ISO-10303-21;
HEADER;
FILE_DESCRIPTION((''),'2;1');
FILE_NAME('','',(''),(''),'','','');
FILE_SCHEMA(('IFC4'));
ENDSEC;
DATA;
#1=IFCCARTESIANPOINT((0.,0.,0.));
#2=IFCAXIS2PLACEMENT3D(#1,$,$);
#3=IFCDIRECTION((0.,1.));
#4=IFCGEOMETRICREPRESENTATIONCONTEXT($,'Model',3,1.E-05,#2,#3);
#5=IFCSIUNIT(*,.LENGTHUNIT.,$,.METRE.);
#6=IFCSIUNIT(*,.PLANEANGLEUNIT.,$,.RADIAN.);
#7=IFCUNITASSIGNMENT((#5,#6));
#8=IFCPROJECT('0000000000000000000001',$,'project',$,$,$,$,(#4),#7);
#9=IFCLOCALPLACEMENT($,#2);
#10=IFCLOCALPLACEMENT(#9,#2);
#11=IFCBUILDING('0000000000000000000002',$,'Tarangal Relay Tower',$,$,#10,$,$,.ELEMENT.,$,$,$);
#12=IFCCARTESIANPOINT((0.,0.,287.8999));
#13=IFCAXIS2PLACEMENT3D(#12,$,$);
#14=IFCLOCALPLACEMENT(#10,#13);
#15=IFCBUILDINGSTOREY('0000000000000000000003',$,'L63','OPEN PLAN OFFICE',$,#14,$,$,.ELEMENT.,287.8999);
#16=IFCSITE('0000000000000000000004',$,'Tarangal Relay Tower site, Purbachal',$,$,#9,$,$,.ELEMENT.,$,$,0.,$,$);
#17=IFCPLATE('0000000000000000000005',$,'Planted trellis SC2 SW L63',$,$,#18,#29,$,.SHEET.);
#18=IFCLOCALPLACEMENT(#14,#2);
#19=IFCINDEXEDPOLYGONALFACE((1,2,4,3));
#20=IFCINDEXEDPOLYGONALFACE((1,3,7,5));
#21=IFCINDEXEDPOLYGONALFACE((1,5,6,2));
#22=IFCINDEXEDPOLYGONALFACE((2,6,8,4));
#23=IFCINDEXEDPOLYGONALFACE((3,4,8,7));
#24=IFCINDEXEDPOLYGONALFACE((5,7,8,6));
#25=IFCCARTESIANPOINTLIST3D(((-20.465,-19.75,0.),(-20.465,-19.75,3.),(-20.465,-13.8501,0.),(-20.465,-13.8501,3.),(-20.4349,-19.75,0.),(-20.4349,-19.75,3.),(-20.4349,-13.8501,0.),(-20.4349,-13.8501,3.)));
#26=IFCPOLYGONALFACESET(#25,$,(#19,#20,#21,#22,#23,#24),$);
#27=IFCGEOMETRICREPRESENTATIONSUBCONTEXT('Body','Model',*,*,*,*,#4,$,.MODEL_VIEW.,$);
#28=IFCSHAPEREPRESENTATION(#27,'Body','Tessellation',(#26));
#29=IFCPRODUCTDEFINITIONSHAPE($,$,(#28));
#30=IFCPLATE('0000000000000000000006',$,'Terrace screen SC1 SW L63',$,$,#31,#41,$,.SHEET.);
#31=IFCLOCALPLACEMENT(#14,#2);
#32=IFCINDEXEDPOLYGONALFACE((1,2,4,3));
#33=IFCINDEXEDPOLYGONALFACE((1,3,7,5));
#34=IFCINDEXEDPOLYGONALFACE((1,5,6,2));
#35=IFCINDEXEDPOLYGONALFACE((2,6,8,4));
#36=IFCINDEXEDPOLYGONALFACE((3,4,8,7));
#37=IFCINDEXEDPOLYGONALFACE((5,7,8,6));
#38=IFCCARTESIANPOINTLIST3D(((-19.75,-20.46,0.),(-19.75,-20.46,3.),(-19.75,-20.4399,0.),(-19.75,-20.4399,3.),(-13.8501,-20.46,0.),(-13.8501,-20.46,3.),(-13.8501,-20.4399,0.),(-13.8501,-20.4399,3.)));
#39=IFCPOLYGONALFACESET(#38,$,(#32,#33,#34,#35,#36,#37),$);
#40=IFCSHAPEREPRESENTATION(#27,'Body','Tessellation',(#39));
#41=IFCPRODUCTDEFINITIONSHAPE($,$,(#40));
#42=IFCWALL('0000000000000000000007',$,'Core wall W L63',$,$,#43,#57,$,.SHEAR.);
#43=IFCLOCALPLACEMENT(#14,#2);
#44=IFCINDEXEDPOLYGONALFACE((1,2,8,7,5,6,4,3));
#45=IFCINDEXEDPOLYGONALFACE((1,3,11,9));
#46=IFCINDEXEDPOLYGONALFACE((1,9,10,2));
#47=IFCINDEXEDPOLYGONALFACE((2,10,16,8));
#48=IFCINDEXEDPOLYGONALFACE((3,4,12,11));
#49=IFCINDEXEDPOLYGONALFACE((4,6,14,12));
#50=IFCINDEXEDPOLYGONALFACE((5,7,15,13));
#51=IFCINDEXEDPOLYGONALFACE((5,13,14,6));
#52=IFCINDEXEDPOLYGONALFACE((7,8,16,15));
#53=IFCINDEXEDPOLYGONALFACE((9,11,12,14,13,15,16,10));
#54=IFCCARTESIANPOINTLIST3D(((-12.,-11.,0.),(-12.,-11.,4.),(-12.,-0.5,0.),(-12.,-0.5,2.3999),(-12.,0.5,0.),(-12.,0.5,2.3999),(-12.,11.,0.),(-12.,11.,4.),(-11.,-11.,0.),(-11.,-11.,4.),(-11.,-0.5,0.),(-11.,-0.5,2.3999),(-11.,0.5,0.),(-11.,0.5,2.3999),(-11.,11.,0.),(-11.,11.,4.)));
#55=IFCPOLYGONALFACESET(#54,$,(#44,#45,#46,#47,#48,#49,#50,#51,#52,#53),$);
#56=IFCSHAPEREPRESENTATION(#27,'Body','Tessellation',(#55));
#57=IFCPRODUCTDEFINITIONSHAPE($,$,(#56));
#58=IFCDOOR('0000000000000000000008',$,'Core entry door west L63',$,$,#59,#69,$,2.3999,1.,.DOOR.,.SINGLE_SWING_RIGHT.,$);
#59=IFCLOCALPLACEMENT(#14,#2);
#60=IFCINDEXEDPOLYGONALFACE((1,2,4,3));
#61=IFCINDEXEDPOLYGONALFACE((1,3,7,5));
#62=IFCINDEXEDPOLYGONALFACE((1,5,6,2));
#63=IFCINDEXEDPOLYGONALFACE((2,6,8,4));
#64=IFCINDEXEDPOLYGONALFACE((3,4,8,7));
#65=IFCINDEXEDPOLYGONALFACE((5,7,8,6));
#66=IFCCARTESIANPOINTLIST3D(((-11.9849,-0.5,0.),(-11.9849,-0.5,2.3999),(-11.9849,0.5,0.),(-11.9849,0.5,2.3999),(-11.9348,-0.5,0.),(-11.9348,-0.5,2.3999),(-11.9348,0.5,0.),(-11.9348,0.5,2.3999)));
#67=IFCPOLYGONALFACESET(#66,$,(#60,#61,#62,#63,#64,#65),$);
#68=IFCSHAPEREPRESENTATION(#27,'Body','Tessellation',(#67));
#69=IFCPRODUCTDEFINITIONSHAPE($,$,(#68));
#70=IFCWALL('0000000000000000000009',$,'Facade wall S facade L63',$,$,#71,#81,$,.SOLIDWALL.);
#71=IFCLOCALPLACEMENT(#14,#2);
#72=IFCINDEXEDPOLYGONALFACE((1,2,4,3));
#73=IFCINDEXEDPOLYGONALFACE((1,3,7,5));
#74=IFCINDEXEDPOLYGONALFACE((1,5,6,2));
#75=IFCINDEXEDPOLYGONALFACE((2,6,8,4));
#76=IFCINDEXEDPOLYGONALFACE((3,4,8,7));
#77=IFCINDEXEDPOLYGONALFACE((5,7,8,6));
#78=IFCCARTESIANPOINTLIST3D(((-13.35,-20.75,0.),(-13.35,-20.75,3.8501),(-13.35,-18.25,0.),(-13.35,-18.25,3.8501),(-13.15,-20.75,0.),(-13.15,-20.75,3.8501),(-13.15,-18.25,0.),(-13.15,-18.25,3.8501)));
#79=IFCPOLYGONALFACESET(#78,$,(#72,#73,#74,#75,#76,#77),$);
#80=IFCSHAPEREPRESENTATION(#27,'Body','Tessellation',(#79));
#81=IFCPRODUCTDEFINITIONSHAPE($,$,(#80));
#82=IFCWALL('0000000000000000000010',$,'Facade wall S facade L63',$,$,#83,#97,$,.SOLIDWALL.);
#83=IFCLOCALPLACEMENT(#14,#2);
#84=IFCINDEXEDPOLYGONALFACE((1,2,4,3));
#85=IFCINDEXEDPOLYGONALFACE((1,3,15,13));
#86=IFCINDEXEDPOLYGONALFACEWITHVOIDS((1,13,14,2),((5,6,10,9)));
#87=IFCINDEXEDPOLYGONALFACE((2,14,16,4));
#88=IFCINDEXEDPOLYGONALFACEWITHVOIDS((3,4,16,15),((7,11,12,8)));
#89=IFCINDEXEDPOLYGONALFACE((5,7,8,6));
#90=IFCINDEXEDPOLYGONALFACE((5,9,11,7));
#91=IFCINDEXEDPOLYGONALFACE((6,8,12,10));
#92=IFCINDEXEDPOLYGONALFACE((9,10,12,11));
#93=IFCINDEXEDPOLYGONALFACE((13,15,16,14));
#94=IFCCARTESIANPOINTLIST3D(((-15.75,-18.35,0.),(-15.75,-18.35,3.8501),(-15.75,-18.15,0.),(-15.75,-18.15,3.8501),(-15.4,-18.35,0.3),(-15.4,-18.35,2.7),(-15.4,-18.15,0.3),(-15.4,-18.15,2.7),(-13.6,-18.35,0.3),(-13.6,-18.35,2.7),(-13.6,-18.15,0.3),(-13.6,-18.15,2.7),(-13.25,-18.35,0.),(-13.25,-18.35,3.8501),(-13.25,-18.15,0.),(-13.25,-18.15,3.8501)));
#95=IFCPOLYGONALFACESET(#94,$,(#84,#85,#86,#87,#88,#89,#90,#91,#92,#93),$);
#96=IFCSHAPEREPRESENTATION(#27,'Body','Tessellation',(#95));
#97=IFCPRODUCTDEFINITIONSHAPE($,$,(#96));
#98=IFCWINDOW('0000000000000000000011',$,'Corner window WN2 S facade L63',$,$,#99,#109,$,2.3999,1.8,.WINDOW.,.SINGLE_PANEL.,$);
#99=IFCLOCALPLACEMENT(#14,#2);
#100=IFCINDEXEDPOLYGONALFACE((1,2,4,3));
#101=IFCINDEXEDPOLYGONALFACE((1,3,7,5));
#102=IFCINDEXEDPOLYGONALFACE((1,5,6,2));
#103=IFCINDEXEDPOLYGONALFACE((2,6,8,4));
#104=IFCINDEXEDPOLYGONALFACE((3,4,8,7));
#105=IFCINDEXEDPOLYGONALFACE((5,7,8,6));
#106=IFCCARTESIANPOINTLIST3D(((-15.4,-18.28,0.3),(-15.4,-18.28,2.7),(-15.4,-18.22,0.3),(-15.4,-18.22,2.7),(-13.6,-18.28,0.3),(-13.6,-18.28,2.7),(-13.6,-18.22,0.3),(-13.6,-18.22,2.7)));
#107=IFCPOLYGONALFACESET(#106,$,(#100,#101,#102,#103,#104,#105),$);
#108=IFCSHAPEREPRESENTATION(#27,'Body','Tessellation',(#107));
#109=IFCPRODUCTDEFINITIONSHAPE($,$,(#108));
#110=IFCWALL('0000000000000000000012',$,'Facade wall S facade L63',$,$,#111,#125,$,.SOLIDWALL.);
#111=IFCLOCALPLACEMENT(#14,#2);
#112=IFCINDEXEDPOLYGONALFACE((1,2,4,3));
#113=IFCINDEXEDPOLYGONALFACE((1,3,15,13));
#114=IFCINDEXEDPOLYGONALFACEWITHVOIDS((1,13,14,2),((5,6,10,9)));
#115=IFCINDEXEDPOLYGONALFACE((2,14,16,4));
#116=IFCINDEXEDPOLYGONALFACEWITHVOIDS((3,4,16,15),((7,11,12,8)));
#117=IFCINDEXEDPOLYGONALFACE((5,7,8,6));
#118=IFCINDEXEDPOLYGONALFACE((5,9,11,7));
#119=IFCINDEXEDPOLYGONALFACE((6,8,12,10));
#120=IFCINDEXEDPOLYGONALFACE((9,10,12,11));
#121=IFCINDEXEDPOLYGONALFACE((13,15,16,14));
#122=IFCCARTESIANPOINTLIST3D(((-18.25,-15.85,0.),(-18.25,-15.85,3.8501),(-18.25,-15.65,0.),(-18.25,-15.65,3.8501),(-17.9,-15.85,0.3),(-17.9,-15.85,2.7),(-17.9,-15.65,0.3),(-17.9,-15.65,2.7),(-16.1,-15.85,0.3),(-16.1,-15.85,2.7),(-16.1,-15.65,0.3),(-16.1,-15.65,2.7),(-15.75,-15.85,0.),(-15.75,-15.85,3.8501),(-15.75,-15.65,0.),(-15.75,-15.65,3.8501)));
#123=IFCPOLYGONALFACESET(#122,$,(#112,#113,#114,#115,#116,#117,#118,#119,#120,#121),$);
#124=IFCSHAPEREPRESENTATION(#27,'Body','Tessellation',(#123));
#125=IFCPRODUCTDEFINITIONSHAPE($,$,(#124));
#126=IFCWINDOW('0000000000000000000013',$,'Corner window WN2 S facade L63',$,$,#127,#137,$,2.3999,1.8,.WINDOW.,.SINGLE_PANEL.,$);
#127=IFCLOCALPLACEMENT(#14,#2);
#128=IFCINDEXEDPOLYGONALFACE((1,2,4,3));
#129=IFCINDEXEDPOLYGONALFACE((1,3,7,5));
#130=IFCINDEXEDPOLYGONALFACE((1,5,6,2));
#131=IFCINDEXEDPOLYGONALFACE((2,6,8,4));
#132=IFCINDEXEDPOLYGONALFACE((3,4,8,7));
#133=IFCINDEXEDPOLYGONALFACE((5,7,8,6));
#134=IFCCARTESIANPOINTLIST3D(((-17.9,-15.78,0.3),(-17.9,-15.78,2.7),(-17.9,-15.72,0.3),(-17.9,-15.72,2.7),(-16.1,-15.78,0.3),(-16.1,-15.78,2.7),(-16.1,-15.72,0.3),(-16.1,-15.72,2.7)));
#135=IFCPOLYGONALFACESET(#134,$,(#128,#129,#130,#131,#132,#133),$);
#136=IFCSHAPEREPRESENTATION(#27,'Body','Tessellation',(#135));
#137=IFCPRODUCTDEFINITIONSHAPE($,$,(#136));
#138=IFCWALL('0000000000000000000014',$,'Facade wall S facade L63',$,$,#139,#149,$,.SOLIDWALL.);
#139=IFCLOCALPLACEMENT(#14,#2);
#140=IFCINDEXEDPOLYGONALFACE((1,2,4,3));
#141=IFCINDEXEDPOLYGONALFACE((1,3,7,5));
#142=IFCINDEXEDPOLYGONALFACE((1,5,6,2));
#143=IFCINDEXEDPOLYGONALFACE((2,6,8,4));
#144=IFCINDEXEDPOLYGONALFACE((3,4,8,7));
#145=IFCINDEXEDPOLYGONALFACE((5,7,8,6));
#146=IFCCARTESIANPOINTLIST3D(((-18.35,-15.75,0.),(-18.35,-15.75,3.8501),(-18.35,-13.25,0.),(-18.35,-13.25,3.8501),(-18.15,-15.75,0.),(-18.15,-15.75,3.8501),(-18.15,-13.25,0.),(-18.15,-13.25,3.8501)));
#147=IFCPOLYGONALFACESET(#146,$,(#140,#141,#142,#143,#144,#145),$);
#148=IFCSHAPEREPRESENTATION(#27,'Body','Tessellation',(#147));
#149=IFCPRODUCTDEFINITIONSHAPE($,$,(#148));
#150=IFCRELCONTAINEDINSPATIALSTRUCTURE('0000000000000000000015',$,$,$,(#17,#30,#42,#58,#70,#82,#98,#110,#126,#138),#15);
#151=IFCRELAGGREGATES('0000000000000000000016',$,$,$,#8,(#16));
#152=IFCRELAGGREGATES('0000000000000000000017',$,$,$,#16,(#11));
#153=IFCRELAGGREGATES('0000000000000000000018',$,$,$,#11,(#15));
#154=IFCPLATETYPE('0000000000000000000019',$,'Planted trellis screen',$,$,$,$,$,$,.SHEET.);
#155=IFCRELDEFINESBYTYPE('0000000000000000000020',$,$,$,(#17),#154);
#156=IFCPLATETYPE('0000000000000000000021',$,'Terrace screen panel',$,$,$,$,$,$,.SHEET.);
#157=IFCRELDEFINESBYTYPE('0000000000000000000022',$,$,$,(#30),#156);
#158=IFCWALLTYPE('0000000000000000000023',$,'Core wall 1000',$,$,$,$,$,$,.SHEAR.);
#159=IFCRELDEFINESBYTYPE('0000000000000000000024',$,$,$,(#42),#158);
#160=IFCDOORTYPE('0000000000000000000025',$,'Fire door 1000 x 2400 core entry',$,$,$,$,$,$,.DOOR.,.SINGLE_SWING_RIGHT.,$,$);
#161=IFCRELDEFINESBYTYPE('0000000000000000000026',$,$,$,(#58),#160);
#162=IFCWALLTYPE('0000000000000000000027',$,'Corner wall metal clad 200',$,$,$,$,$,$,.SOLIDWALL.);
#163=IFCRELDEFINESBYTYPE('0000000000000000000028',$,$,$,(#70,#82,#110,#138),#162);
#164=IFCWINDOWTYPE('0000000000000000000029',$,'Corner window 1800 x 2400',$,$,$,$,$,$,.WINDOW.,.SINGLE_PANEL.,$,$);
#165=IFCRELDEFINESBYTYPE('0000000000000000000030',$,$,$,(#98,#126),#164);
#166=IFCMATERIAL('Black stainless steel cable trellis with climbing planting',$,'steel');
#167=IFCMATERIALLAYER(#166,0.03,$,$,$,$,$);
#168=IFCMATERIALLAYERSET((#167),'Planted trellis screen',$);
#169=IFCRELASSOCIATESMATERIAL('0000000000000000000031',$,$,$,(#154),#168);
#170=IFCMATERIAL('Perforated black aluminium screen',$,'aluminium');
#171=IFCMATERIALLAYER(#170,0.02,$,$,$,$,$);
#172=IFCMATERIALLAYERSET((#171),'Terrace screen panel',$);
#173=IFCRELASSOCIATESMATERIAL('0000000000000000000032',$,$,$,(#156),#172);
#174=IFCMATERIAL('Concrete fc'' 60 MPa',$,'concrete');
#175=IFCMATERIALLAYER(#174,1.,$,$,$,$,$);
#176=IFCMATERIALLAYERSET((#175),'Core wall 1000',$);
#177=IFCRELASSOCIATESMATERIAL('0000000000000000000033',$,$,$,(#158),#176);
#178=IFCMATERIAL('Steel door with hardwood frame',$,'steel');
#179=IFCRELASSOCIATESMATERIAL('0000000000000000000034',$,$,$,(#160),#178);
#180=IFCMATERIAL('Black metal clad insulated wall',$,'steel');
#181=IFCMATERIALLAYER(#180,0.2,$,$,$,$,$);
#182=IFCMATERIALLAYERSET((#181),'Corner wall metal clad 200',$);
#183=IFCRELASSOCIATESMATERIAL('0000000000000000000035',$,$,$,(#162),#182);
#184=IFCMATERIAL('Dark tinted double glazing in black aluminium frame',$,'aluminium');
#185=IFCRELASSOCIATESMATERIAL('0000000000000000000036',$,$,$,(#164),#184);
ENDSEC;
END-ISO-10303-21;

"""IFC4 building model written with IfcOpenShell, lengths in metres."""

from ifc_helpers import new_model, si_unit, direction, frame, frame_2d, origin, origin_2d, place, context, subcontext, project, spatial, rectangle, extrude, material, layer, layer_set, type_object, element, fill, save


model = new_model("IFC4")

# Units and contexts
model_context = context("Model", 3, precision=1e-05, world=origin(), true_north=direction((0.0, 1.0)))
body_context = subcontext(model_context, "Body", "Model", "MODEL_VIEW")
ifc_project = project(units=[si_unit("LENGTHUNIT", "METRE"), si_unit("PLANEANGLEUNIT", "RADIAN")], contexts=[model_context])

# Site, building, storey
site_placement = place(None, origin())
site = spatial("IfcSite", under=ifc_project, at=site_placement, Name="Tarangal Relay Tower site, Purbachal", CompositionType="ELEMENT", RefElevation=0.0)
building_placement = place(site_placement, origin())
building = spatial("IfcBuilding", under=site, at=building_placement, Name="Tarangal Relay Tower", CompositionType="ELEMENT")
storey_placement = place(building_placement, frame((0.0, 0.0, 287.8999)))
storey = spatial("IfcBuildingStorey", under=building, at=storey_placement, Name="L63", Description="OPEN PLAN OFFICE", CompositionType="ELEMENT", Elevation=287.8999)

# Plates
ifc_material_1 = material(Name="Black stainless steel cable trellis with climbing planting", Category="steel")
ifc_layer_1 = layer(ifc_material_1, 0.03)
ifc_layer_set_1 = layer_set([ifc_layer_1], Name="Planted trellis screen")
plate_type_1 = type_object("IfcPlateType", Name="Planted trellis screen", PredefinedType="SHEET", material=ifc_layer_set_1)
plate_1_placement = place(storey_placement, frame((-20.45, -16.8, 0.0), z_axis=(0.0, 0.0, 1.0), x_axis=(0.0, 1.0, 0.0)))
element("IfcPlate", 1, at=plate_1_placement, inside=storey, type_object=plate_type_1, Name="Planted trellis SC2 SW L63", PredefinedType="SHEET", context=body_context, shape_type="SweptSolid", body=[
    extrude(rectangle(XDim=5.8999, YDim=0.03, at=origin_2d()), origin(), (0.0, 0.0, 1.0), 3.0),
])
ifc_material_2 = material(Name="Perforated black aluminium screen", Category="aluminium")
ifc_layer_2 = layer(ifc_material_2, 0.02)
ifc_layer_set_2 = layer_set([ifc_layer_2], Name="Terrace screen panel")
plate_type_2 = type_object("IfcPlateType", Name="Terrace screen panel", PredefinedType="SHEET", material=ifc_layer_set_2)
plate_2_placement = place(storey_placement, frame((-16.8, -20.45, 0.0), z_axis=(0.0, 0.0, 1.0), x_axis=(-1.0, 0.0, 0.0)))
element("IfcPlate", 2, at=plate_2_placement, inside=storey, type_object=plate_type_2, Name="Terrace screen SC1 SW L63", PredefinedType="SHEET", context=body_context, shape_type="SweptSolid", body=[
    extrude(rectangle(XDim=5.8999, YDim=0.02, at=origin_2d()), origin(), (0.0, 0.0, 1.0), 3.0),
])

# Wall, opening, door
ifc_material_3 = material(Name="Concrete fc' 60 MPa", Category="concrete")
ifc_layer_3 = layer(ifc_material_3, 1.0)
ifc_layer_set_3 = layer_set([ifc_layer_3], Name="Core wall 1000")
wall_type_1 = type_object("IfcWallType", Name="Core wall 1000", PredefinedType="SHEAR", material=ifc_layer_set_3)
wall_1_placement = place(storey_placement, frame((-11.5, -11.0, 0.0), z_axis=(0.0, 0.0, 1.0), x_axis=(0.0, 1.0, 0.0)))
wall_1 = element("IfcWall", 3, at=wall_1_placement, inside=storey, type_object=wall_type_1, Name="Core wall W L63", PredefinedType="SHEAR", context=body_context, shape_type="SweptSolid", body=[
    extrude(rectangle(XDim=22.0, YDim=1.0, at=frame_2d((11.0, 0.0))), origin(), (0.0, 0.0, 1.0), 4.0),
])
opening_1_placement = place(wall_1_placement, frame((10.5, 0.0, 0.0)))
opening_1 = element("IfcOpeningElement", 4, at=opening_1_placement, cuts=wall_1, PredefinedType="OPENING", context=body_context, shape_type="SweptSolid", body=[
    extrude(rectangle(XDim=1.0, YDim=2.3999, at=frame_2d((0.5, 1.2))), frame((0.0, 0.51, 0.0), z_axis=(0.0, -1.0, 0.0), x_axis=(1.0, 0.0, 0.0)), (0.0, 0.0, 1.0), 1.02),
])
ifc_material_4 = material(Name="Steel door with hardwood frame", Category="steel")
door_type_1 = type_object("IfcDoorType", Name="Fire door 1000 x 2400 core entry", OperationType="SINGLE_SWING_RIGHT", PredefinedType="DOOR", material=ifc_material_4)
door_1_placement = place(opening_1_placement, origin())
door_1 = element("IfcDoor", 5, at=door_1_placement, inside=storey, type_object=door_type_1, Name="Core entry door west L63", OperationType="SINGLE_SWING_RIGHT", OverallHeight=2.3999, OverallWidth=1.0, PredefinedType="DOOR", context=body_context, shape_type="SweptSolid", body=[
    extrude(rectangle(XDim=1.0, YDim=2.3999, at=frame_2d((0.5, 1.2))), frame((0.0, 0.4849, 0.0), z_axis=(0.0, -1.0, 0.0), x_axis=(1.0, 0.0, 0.0)), (0.0, 0.0, 1.0), 0.05),
])
fill(opening_1, door_1)

# Wall
ifc_material_5 = material(Name="Black metal clad insulated wall", Category="steel")
ifc_layer_4 = layer(ifc_material_5, 0.2)
ifc_layer_set_4 = layer_set([ifc_layer_4], Name="Corner wall metal clad 200")
wall_type_2 = type_object("IfcWallType", Name="Corner wall metal clad 200", PredefinedType="SOLIDWALL", material=ifc_layer_set_4)
wall_2_placement = place(storey_placement, frame((-13.25, -20.75, 0.0), z_axis=(0.0, 0.0, 1.0), x_axis=(0.0, 1.0, 0.0)))
element("IfcWall", 6, at=wall_2_placement, inside=storey, type_object=wall_type_2, Name="Facade wall S facade L63", PredefinedType="SOLIDWALL", context=body_context, shape_type="SweptSolid", body=[
    extrude(rectangle(XDim=2.5, YDim=0.2, at=frame_2d((1.25, 0.0))), origin(), (0.0, 0.0, 1.0), 3.8501),
])

# Wall, opening, window
wall_3_placement = place(storey_placement, frame((-13.25, -18.25, 0.0), z_axis=(0.0, 0.0, 1.0), x_axis=(-1.0, 0.0, 0.0)))
wall_3 = element("IfcWall", 7, at=wall_3_placement, inside=storey, type_object=wall_type_2, Name="Facade wall S facade L63", PredefinedType="SOLIDWALL", context=body_context, shape_type="SweptSolid", body=[
    extrude(rectangle(XDim=2.5, YDim=0.2, at=frame_2d((1.25, 0.0))), origin(), (0.0, 0.0, 1.0), 3.8501),
])
opening_2_placement = place(wall_3_placement, frame((0.3501, 0.0, 0.3)))
opening_2 = element("IfcOpeningElement", 8, at=opening_2_placement, cuts=wall_3, PredefinedType="OPENING", context=body_context, shape_type="SweptSolid", body=[
    extrude(rectangle(XDim=1.8, YDim=2.3999, at=frame_2d((0.8999, 1.2))), frame((0.0, 0.1099, 0.0), z_axis=(0.0, -1.0, 0.0), x_axis=(1.0, 0.0, 0.0)), (0.0, 0.0, 1.0), 0.22),
])
ifc_material_6 = material(Name="Dark tinted double glazing in black aluminium frame", Category="aluminium")
window_type = type_object("IfcWindowType", Name="Corner window 1800 x 2400", PartitioningType="SINGLE_PANEL", PredefinedType="WINDOW", material=ifc_material_6)
window_1_placement = place(opening_2_placement, origin())
window_1 = element("IfcWindow", 9, at=window_1_placement, inside=storey, type_object=window_type, Name="Corner window WN2 S facade L63", OverallHeight=2.3999, OverallWidth=1.8, PartitioningType="SINGLE_PANEL", PredefinedType="WINDOW", context=body_context, shape_type="SweptSolid", body=[
    extrude(rectangle(XDim=1.8, YDim=2.3999, at=frame_2d((0.8999, 1.2))), frame((0.0, 0.03, 0.0), z_axis=(0.0, -1.0, 0.0), x_axis=(1.0, 0.0, 0.0)), (0.0, 0.0, 1.0), 0.0601),
])
fill(opening_2, window_1)

# Wall, opening, window
wall_4_placement = place(storey_placement, frame((-15.75, -15.75, 0.0), z_axis=(0.0, 0.0, 1.0), x_axis=(-1.0, 0.0, 0.0)))
wall_4 = element("IfcWall", 10, at=wall_4_placement, inside=storey, type_object=wall_type_2, Name="Facade wall S facade L63", PredefinedType="SOLIDWALL", context=body_context, shape_type="SweptSolid", body=[
    extrude(rectangle(XDim=2.5, YDim=0.2, at=frame_2d((1.25, 0.0))), origin(), (0.0, 0.0, 1.0), 3.8501),
])
opening_3_placement = place(wall_4_placement, frame((0.3501, 0.0, 0.3)))
opening_3 = element("IfcOpeningElement", 11, at=opening_3_placement, cuts=wall_4, PredefinedType="OPENING", context=body_context, shape_type="SweptSolid", body=[
    extrude(rectangle(XDim=1.8, YDim=2.3999, at=frame_2d((0.8999, 1.2))), frame((0.0, 0.1099, 0.0), z_axis=(0.0, -1.0, 0.0), x_axis=(1.0, 0.0, 0.0)), (0.0, 0.0, 1.0), 0.22),
])
window_2_placement = place(opening_3_placement, origin())
window_2 = element("IfcWindow", 12, at=window_2_placement, inside=storey, type_object=window_type, Name="Corner window WN2 S facade L63", OverallHeight=2.3999, OverallWidth=1.8, PartitioningType="SINGLE_PANEL", PredefinedType="WINDOW", context=body_context, shape_type="SweptSolid", body=[
    extrude(rectangle(XDim=1.8, YDim=2.3999, at=frame_2d((0.8999, 1.2))), frame((0.0, 0.03, 0.0), z_axis=(0.0, -1.0, 0.0), x_axis=(1.0, 0.0, 0.0)), (0.0, 0.0, 1.0), 0.0601),
])
fill(opening_3, window_2)

# Wall
wall_5_placement = place(storey_placement, frame((-18.25, -15.75, 0.0), z_axis=(0.0, 0.0, 1.0), x_axis=(0.0, 1.0, 0.0)))
element("IfcWall", 13, at=wall_5_placement, inside=storey, type_object=wall_type_2, Name="Facade wall S facade L63", PredefinedType="SOLIDWALL", context=body_context, shape_type="SweptSolid", body=[
    extrude(rectangle(XDim=2.5, YDim=0.2, at=frame_2d((1.25, 0.0))), origin(), (0.0, 0.0, 1.0), 3.8501),
])

save(model, "model.ifc")
